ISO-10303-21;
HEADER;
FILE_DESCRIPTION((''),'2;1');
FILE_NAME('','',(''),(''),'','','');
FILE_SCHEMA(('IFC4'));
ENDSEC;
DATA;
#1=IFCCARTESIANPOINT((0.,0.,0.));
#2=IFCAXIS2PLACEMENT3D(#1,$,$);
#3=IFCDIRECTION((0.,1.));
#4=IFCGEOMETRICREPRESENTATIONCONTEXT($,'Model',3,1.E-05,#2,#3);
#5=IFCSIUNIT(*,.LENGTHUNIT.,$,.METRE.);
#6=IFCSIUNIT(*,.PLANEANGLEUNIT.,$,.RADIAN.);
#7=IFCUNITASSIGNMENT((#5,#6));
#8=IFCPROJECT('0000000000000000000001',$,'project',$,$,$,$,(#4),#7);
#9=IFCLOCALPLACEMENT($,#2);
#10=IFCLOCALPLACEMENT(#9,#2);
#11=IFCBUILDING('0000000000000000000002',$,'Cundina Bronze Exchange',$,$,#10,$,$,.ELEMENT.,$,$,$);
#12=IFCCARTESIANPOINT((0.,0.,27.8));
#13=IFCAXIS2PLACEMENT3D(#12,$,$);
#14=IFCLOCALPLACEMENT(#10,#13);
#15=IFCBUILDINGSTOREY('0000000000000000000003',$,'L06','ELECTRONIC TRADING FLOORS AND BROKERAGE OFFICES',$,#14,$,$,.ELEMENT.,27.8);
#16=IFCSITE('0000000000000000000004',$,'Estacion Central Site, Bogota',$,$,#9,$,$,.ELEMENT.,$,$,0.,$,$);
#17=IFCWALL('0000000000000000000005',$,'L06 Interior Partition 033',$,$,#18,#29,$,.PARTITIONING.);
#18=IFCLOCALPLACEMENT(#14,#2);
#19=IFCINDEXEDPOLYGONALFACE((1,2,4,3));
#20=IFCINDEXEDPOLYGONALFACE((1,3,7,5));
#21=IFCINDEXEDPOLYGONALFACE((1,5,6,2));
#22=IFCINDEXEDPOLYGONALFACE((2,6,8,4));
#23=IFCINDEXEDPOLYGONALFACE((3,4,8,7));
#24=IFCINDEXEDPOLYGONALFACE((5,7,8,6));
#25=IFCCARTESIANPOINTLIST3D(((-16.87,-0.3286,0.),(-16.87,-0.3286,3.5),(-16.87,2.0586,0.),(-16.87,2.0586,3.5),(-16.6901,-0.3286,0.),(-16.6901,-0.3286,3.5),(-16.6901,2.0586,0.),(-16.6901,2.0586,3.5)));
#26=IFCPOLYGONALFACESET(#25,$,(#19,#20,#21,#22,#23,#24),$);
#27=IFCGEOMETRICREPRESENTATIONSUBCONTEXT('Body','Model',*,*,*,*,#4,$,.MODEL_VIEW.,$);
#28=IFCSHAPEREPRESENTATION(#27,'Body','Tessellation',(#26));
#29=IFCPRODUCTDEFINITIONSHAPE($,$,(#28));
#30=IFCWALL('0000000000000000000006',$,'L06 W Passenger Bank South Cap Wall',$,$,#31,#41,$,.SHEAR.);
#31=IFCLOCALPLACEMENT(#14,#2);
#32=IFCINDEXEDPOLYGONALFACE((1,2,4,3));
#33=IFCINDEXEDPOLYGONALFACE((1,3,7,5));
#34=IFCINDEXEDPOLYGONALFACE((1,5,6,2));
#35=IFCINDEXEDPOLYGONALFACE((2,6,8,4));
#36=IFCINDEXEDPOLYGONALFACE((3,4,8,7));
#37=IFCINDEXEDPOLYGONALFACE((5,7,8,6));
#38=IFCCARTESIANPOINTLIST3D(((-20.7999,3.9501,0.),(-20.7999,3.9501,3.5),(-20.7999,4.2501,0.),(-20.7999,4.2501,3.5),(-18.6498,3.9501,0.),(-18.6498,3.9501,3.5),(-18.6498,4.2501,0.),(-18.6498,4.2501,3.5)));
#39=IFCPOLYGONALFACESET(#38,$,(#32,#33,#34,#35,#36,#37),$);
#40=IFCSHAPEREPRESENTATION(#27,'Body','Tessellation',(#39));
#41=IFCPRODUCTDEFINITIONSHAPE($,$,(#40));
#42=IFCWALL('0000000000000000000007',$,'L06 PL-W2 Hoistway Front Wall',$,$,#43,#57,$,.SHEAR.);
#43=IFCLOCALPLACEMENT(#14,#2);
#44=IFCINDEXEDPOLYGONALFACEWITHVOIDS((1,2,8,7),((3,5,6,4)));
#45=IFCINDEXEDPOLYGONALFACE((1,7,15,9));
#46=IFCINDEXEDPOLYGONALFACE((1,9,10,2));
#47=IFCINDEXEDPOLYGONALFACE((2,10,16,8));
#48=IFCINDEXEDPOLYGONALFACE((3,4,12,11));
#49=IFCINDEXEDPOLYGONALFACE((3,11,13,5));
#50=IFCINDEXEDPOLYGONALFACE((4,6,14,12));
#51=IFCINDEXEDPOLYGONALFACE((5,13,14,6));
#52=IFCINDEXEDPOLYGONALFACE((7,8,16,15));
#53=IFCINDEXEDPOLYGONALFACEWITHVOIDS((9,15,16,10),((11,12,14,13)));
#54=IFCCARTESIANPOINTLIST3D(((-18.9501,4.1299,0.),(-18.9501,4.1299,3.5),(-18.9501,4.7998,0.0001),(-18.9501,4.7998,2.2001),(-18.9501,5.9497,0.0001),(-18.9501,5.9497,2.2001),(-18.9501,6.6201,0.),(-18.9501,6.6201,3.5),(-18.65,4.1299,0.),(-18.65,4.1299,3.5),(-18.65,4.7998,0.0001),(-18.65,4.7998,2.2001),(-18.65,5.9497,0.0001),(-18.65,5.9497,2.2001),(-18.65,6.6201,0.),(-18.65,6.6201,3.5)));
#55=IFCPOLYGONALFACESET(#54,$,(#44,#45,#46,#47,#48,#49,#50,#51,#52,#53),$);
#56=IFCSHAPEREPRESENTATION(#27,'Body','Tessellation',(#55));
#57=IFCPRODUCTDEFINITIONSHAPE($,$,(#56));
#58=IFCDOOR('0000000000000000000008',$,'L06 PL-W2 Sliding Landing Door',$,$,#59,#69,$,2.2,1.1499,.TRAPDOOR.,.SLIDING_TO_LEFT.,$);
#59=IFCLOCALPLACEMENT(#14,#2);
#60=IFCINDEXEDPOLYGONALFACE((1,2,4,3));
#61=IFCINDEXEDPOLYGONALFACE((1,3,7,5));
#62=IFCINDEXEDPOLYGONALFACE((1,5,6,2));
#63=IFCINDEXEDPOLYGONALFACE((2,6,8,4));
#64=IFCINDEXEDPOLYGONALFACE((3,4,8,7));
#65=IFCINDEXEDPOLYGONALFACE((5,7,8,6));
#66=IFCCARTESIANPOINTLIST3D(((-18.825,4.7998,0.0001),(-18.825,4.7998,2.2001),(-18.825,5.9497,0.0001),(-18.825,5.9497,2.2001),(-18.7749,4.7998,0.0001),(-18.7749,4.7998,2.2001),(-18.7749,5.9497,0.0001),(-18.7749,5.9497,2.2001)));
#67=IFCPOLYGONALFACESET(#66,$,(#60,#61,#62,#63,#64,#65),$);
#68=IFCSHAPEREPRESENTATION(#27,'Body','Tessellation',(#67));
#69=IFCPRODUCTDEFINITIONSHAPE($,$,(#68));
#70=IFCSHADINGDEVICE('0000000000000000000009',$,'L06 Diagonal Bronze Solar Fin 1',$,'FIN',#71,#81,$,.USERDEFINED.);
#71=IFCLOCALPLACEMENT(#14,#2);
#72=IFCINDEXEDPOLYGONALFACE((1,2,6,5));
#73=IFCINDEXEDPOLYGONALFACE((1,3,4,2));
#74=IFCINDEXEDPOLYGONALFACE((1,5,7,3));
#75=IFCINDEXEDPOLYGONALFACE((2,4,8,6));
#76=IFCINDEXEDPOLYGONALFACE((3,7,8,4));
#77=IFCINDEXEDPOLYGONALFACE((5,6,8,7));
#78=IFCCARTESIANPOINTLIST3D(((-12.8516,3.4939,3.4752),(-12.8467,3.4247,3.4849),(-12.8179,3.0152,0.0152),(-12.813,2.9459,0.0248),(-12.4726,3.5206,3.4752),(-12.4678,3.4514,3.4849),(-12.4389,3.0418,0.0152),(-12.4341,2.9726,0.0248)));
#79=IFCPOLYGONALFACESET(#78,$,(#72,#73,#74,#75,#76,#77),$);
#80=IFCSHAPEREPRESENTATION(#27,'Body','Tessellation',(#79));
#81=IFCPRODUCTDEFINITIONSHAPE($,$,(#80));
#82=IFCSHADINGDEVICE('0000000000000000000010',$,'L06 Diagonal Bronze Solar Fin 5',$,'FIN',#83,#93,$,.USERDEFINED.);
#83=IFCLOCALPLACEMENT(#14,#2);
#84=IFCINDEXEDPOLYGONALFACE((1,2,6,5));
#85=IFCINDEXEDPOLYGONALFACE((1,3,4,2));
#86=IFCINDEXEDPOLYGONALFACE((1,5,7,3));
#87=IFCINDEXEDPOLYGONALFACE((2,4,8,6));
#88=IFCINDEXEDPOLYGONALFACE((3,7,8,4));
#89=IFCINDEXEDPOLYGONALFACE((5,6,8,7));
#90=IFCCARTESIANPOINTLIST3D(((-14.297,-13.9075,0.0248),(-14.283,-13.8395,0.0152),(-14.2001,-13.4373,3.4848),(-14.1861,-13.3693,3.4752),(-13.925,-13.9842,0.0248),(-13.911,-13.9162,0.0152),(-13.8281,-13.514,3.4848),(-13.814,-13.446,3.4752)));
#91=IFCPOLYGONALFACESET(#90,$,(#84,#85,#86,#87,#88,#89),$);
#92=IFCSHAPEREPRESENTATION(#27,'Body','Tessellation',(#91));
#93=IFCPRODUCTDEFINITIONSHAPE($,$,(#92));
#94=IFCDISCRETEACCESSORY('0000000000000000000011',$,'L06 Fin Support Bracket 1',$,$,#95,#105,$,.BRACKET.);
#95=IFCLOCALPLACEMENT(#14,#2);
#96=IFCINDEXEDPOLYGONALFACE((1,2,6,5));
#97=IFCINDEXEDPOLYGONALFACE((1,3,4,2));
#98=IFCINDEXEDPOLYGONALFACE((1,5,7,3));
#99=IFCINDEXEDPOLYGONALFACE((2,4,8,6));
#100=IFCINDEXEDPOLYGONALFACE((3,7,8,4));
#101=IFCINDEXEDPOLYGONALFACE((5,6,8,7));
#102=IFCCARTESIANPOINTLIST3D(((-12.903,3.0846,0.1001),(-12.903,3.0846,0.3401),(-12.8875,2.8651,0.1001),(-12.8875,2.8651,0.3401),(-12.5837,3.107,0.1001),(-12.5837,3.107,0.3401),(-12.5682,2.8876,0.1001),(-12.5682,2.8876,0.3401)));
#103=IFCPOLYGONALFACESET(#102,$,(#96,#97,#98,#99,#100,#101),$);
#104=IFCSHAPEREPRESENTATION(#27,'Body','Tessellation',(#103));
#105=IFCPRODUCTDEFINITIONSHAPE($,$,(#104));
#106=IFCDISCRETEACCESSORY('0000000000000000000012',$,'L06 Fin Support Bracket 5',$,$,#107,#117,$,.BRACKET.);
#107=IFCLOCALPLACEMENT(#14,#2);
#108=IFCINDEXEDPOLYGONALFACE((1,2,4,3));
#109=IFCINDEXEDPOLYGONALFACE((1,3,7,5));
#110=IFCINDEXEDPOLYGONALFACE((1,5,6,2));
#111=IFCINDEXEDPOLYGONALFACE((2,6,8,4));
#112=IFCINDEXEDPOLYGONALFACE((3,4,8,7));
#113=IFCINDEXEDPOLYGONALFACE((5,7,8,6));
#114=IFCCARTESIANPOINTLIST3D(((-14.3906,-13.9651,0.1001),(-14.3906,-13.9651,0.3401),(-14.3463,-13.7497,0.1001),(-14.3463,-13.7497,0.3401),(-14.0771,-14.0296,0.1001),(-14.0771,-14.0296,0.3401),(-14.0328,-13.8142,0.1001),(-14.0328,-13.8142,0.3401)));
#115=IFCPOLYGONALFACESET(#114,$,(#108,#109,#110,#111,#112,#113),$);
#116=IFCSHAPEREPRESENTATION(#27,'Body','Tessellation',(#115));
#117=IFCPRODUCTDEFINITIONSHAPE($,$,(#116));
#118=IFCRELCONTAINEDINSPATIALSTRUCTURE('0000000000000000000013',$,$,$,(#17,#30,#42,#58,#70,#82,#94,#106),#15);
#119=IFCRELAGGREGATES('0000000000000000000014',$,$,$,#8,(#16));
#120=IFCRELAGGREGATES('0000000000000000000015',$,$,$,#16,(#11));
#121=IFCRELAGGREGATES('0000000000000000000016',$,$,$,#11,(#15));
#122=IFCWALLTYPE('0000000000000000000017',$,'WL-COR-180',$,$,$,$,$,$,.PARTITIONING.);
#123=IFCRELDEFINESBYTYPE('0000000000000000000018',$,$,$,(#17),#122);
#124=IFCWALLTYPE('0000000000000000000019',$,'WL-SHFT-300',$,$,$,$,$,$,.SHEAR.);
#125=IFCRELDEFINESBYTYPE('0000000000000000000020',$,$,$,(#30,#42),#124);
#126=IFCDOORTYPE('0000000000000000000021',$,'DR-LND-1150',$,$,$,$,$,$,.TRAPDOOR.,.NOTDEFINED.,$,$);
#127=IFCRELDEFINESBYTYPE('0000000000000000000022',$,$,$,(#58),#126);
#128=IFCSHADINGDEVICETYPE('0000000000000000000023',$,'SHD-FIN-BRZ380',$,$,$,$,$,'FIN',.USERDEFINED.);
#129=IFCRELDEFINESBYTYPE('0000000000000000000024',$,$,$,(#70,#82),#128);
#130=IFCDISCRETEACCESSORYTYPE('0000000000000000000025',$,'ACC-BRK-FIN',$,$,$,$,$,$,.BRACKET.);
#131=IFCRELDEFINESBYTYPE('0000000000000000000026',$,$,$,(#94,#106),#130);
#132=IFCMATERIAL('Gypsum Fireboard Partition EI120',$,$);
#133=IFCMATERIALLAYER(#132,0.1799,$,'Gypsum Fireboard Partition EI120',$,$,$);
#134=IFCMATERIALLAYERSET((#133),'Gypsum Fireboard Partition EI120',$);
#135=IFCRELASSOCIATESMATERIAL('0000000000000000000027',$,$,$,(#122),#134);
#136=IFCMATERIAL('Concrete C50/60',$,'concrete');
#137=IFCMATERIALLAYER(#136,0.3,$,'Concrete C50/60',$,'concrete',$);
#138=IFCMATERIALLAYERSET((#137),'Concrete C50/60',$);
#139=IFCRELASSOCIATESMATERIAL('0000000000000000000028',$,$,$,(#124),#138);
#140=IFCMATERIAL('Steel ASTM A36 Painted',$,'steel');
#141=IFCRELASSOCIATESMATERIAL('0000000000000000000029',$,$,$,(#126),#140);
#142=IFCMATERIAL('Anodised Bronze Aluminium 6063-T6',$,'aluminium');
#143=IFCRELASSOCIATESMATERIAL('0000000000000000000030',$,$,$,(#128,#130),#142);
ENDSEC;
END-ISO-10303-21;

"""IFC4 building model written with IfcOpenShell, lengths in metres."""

from ifc_helpers import new_model, si_unit, direction, frame, frame_2d, origin, origin_2d, place, context, subcontext, project, spatial, rectangle, extrude, material, layer, layer_set, material_profile, profile_set, type_object, element, fill, save


model = new_model("IFC4")

# Units and contexts
model_context = context("Model", 3, precision=1e-05, world=origin(), true_north=direction((0.0, 1.0)))
body_context = subcontext(model_context, "Body", "Model", "MODEL_VIEW")
ifc_project = project(units=[si_unit("LENGTHUNIT", "METRE"), si_unit("PLANEANGLEUNIT", "RADIAN")], contexts=[model_context])

# Site, building, storey
site_placement = place(None, origin())
site = spatial("IfcSite", under=ifc_project, at=site_placement, Name="Estacion Central Site, Bogota", CompositionType="ELEMENT", RefElevation=0.0)
building_placement = place(site_placement, origin())
building = spatial("IfcBuilding", under=site, at=building_placement, Name="Cundina Bronze Exchange", CompositionType="ELEMENT")
storey_placement = place(building_placement, frame((0.0, 0.0, 27.8)))
storey = spatial("IfcBuildingStorey", under=building, at=storey_placement, Name="L06", Description="ELECTRONIC TRADING FLOORS AND BROKERAGE OFFICES", CompositionType="ELEMENT", Elevation=27.8)

# Shared definitions
ifc_material_1 = material(Name="Anodised Bronze Aluminium 6063-T6", Category="aluminium")

# Shared definitions
ifc_material_2 = material(Name="Concrete C50/60", Category="concrete")

# Walls
ifc_material_3 = material(Name="Gypsum Fireboard Partition EI120")
ifc_layer_1 = layer(ifc_material_3, 0.1799, Name="Gypsum Fireboard Partition EI120")
ifc_layer_set_1 = layer_set([ifc_layer_1], Name="Gypsum Fireboard Partition EI120")
wall_type_1 = type_object("IfcWallType", Name="WL-COR-180", PredefinedType="PARTITIONING", material=ifc_layer_set_1)
wall_1_placement = place(storey_placement, frame((-16.78, -0.3286, 0.0), z_axis=(0.0, 0.0, 1.0), x_axis=(0.0, 1.0, 0.0)))
element("IfcWall", 1, at=wall_1_placement, inside=storey, type_object=wall_type_1, Name="L06 Interior Partition 033", PredefinedType="PARTITIONING", context=body_context, shape_type="SweptSolid", body=[
    extrude(rectangle(XDim=2.3872, YDim=0.1799, at=frame_2d((1.1936, 0.0))), origin(), (0.0, 0.0, 1.0), 3.5),
])
ifc_layer_2 = layer(ifc_material_2, 0.3, Name="Concrete C50/60", Category="concrete")
ifc_layer_set_2 = layer_set([ifc_layer_2], Name="Concrete C50/60")
wall_type_2 = type_object("IfcWallType", Name="WL-SHFT-300", PredefinedType="SHEAR", material=ifc_layer_set_2)
wall_2_placement = place(storey_placement, frame((-20.8, 4.1001, 0.0), z_axis=(0.0, 0.0, 1.0), x_axis=(1.0, 0.0, 0.0)))
element("IfcWall", 2, at=wall_2_placement, inside=storey, type_object=wall_type_2, Name="L06 W Passenger Bank South Cap Wall", PredefinedType="SHEAR", context=body_context, shape_type="SweptSolid", body=[
    extrude(rectangle(XDim=2.1501, YDim=0.3, at=frame_2d((1.0752, 0.0))), origin(), (0.0, 0.0, 1.0), 3.5),
])

# Wall, opening, door
wall_3_placement = place(storey_placement, frame((-18.8, 4.1299, 0.0), z_axis=(0.0, 0.0, 1.0), x_axis=(0.0, 1.0, 0.0)))
wall_3 = element("IfcWall", 3, at=wall_3_placement, inside=storey, type_object=wall_type_2, Name="L06 PL-W2 Hoistway Front Wall", PredefinedType="SHEAR", context=body_context, shape_type="SweptSolid", body=[
    extrude(rectangle(XDim=2.4902, YDim=0.3, at=frame_2d((1.2451, 0.0))), origin(), (0.0, 0.0, 1.0), 3.5),
])
opening_placement = place(wall_3_placement, frame((0.6699, 0.0, 0.0)))
opening = element("IfcOpeningElement", 4, at=opening_placement, cuts=wall_3, PredefinedType="OPENING", context=body_context, shape_type="SweptSolid", body=[
    extrude(rectangle(XDim=1.1499, YDim=2.2, at=frame_2d((0.575, 1.1001))), frame((0.0, 0.1599, 0.0), z_axis=(0.0, -1.0, 0.0), x_axis=(1.0, 0.0, 0.0)), (0.0, 0.0, 1.0), 0.3201),
])
ifc_material_4 = material(Name="Steel ASTM A36 Painted", Category="steel")
door_type = type_object("IfcDoorType", Name="DR-LND-1150", OperationType="NOTDEFINED", PredefinedType="TRAPDOOR", material=ifc_material_4)
door_placement = place(opening_placement, origin())
door = element("IfcDoor", 5, at=door_placement, inside=storey, type_object=door_type, Name="L06 PL-W2 Sliding Landing Door", OperationType="SLIDING_TO_LEFT", OverallHeight=2.2, OverallWidth=1.1499, PredefinedType="TRAPDOOR", context=body_context, shape_type="SweptSolid", body=[
    extrude(rectangle(XDim=1.1499, YDim=2.2, at=frame_2d((0.575, 1.1001))), frame((0.0, 0.0249, 0.0), z_axis=(0.0, -1.0, 0.0), x_axis=(1.0, 0.0, 0.0)), (0.0, 0.0, 1.0), 0.05),
])
fill(opening, door)

# Shading devices
ifc_material_profile_1 = material_profile(ifc_material_1, rectangle(XDim=0.0701, YDim=0.3799, at=origin_2d()), Name="FIN70X380", Category="aluminium")
ifc_profile_set_1 = profile_set([ifc_material_profile_1], Name="Anodised Bronze Aluminium 6063-T6")
shading_device_type = type_object("IfcShadingDeviceType", Name="SHD-FIN-BRZ380", ElementType="FIN", PredefinedType="USERDEFINED", material=ifc_profile_set_1)
for number, where, z_axis, x_axis, name in (
    (6, (-12.626, 2.9939, 0.02), (-0.009645, 0.137059, 0.990516), (0.069533, -0.988072, 0.137398), "L06 Diagonal Bronze Solar Fin 1"),
    (7, (-14.104, -13.9119, 0.02), (0.027747, 0.134612, 0.99051), (-0.199967, -0.970115, 0.137442), "L06 Diagonal Bronze Solar Fin 5"),
):
    element("IfcShadingDevice", number, at=place(storey_placement, frame(where, z_axis=z_axis, x_axis=x_axis)), inside=storey, type_object=shading_device_type, Name=name, ObjectType="FIN", PredefinedType="USERDEFINED", context=body_context, shape_type="SweptSolid", body=[
        extrude(rectangle(XDim=0.0701, YDim=0.3799, at=origin_2d()), origin(), (0.0, 0.0, 1.0), 3.4932),
    ])

# Discrete accessories
discrete_accessory_type = type_object("IfcDiscreteAccessoryType", Name="ACC-BRK-FIN", PredefinedType="BRACKET", material=ifc_material_1)
for number, where, z_axis, x_axis, name in (
    (8, (-12.7356, 2.9861, 0.1001), (0.0, 0.0, 1.0), (-0.070279, 0.997527, 0.0), "L06 Fin Support Bracket 1"),
    (9, (-14.2117, -13.8896, 0.1001), (0.0, 0.0, 1.0), (0.20142, 0.979505, 0.0), "L06 Fin Support Bracket 5"),
):
    element("IfcDiscreteAccessory", number, at=place(storey_placement, frame(where, z_axis=z_axis, x_axis=x_axis)), inside=storey, type_object=discrete_accessory_type, Name=name, PredefinedType="BRACKET", context=body_context, shape_type="SweptSolid", body=[
        extrude(rectangle(XDim=0.22, YDim=0.3201, at=origin_2d()), origin(), (0.0, 0.0, 1.0), 0.24),
    ])

save(model, "model.ifc")
